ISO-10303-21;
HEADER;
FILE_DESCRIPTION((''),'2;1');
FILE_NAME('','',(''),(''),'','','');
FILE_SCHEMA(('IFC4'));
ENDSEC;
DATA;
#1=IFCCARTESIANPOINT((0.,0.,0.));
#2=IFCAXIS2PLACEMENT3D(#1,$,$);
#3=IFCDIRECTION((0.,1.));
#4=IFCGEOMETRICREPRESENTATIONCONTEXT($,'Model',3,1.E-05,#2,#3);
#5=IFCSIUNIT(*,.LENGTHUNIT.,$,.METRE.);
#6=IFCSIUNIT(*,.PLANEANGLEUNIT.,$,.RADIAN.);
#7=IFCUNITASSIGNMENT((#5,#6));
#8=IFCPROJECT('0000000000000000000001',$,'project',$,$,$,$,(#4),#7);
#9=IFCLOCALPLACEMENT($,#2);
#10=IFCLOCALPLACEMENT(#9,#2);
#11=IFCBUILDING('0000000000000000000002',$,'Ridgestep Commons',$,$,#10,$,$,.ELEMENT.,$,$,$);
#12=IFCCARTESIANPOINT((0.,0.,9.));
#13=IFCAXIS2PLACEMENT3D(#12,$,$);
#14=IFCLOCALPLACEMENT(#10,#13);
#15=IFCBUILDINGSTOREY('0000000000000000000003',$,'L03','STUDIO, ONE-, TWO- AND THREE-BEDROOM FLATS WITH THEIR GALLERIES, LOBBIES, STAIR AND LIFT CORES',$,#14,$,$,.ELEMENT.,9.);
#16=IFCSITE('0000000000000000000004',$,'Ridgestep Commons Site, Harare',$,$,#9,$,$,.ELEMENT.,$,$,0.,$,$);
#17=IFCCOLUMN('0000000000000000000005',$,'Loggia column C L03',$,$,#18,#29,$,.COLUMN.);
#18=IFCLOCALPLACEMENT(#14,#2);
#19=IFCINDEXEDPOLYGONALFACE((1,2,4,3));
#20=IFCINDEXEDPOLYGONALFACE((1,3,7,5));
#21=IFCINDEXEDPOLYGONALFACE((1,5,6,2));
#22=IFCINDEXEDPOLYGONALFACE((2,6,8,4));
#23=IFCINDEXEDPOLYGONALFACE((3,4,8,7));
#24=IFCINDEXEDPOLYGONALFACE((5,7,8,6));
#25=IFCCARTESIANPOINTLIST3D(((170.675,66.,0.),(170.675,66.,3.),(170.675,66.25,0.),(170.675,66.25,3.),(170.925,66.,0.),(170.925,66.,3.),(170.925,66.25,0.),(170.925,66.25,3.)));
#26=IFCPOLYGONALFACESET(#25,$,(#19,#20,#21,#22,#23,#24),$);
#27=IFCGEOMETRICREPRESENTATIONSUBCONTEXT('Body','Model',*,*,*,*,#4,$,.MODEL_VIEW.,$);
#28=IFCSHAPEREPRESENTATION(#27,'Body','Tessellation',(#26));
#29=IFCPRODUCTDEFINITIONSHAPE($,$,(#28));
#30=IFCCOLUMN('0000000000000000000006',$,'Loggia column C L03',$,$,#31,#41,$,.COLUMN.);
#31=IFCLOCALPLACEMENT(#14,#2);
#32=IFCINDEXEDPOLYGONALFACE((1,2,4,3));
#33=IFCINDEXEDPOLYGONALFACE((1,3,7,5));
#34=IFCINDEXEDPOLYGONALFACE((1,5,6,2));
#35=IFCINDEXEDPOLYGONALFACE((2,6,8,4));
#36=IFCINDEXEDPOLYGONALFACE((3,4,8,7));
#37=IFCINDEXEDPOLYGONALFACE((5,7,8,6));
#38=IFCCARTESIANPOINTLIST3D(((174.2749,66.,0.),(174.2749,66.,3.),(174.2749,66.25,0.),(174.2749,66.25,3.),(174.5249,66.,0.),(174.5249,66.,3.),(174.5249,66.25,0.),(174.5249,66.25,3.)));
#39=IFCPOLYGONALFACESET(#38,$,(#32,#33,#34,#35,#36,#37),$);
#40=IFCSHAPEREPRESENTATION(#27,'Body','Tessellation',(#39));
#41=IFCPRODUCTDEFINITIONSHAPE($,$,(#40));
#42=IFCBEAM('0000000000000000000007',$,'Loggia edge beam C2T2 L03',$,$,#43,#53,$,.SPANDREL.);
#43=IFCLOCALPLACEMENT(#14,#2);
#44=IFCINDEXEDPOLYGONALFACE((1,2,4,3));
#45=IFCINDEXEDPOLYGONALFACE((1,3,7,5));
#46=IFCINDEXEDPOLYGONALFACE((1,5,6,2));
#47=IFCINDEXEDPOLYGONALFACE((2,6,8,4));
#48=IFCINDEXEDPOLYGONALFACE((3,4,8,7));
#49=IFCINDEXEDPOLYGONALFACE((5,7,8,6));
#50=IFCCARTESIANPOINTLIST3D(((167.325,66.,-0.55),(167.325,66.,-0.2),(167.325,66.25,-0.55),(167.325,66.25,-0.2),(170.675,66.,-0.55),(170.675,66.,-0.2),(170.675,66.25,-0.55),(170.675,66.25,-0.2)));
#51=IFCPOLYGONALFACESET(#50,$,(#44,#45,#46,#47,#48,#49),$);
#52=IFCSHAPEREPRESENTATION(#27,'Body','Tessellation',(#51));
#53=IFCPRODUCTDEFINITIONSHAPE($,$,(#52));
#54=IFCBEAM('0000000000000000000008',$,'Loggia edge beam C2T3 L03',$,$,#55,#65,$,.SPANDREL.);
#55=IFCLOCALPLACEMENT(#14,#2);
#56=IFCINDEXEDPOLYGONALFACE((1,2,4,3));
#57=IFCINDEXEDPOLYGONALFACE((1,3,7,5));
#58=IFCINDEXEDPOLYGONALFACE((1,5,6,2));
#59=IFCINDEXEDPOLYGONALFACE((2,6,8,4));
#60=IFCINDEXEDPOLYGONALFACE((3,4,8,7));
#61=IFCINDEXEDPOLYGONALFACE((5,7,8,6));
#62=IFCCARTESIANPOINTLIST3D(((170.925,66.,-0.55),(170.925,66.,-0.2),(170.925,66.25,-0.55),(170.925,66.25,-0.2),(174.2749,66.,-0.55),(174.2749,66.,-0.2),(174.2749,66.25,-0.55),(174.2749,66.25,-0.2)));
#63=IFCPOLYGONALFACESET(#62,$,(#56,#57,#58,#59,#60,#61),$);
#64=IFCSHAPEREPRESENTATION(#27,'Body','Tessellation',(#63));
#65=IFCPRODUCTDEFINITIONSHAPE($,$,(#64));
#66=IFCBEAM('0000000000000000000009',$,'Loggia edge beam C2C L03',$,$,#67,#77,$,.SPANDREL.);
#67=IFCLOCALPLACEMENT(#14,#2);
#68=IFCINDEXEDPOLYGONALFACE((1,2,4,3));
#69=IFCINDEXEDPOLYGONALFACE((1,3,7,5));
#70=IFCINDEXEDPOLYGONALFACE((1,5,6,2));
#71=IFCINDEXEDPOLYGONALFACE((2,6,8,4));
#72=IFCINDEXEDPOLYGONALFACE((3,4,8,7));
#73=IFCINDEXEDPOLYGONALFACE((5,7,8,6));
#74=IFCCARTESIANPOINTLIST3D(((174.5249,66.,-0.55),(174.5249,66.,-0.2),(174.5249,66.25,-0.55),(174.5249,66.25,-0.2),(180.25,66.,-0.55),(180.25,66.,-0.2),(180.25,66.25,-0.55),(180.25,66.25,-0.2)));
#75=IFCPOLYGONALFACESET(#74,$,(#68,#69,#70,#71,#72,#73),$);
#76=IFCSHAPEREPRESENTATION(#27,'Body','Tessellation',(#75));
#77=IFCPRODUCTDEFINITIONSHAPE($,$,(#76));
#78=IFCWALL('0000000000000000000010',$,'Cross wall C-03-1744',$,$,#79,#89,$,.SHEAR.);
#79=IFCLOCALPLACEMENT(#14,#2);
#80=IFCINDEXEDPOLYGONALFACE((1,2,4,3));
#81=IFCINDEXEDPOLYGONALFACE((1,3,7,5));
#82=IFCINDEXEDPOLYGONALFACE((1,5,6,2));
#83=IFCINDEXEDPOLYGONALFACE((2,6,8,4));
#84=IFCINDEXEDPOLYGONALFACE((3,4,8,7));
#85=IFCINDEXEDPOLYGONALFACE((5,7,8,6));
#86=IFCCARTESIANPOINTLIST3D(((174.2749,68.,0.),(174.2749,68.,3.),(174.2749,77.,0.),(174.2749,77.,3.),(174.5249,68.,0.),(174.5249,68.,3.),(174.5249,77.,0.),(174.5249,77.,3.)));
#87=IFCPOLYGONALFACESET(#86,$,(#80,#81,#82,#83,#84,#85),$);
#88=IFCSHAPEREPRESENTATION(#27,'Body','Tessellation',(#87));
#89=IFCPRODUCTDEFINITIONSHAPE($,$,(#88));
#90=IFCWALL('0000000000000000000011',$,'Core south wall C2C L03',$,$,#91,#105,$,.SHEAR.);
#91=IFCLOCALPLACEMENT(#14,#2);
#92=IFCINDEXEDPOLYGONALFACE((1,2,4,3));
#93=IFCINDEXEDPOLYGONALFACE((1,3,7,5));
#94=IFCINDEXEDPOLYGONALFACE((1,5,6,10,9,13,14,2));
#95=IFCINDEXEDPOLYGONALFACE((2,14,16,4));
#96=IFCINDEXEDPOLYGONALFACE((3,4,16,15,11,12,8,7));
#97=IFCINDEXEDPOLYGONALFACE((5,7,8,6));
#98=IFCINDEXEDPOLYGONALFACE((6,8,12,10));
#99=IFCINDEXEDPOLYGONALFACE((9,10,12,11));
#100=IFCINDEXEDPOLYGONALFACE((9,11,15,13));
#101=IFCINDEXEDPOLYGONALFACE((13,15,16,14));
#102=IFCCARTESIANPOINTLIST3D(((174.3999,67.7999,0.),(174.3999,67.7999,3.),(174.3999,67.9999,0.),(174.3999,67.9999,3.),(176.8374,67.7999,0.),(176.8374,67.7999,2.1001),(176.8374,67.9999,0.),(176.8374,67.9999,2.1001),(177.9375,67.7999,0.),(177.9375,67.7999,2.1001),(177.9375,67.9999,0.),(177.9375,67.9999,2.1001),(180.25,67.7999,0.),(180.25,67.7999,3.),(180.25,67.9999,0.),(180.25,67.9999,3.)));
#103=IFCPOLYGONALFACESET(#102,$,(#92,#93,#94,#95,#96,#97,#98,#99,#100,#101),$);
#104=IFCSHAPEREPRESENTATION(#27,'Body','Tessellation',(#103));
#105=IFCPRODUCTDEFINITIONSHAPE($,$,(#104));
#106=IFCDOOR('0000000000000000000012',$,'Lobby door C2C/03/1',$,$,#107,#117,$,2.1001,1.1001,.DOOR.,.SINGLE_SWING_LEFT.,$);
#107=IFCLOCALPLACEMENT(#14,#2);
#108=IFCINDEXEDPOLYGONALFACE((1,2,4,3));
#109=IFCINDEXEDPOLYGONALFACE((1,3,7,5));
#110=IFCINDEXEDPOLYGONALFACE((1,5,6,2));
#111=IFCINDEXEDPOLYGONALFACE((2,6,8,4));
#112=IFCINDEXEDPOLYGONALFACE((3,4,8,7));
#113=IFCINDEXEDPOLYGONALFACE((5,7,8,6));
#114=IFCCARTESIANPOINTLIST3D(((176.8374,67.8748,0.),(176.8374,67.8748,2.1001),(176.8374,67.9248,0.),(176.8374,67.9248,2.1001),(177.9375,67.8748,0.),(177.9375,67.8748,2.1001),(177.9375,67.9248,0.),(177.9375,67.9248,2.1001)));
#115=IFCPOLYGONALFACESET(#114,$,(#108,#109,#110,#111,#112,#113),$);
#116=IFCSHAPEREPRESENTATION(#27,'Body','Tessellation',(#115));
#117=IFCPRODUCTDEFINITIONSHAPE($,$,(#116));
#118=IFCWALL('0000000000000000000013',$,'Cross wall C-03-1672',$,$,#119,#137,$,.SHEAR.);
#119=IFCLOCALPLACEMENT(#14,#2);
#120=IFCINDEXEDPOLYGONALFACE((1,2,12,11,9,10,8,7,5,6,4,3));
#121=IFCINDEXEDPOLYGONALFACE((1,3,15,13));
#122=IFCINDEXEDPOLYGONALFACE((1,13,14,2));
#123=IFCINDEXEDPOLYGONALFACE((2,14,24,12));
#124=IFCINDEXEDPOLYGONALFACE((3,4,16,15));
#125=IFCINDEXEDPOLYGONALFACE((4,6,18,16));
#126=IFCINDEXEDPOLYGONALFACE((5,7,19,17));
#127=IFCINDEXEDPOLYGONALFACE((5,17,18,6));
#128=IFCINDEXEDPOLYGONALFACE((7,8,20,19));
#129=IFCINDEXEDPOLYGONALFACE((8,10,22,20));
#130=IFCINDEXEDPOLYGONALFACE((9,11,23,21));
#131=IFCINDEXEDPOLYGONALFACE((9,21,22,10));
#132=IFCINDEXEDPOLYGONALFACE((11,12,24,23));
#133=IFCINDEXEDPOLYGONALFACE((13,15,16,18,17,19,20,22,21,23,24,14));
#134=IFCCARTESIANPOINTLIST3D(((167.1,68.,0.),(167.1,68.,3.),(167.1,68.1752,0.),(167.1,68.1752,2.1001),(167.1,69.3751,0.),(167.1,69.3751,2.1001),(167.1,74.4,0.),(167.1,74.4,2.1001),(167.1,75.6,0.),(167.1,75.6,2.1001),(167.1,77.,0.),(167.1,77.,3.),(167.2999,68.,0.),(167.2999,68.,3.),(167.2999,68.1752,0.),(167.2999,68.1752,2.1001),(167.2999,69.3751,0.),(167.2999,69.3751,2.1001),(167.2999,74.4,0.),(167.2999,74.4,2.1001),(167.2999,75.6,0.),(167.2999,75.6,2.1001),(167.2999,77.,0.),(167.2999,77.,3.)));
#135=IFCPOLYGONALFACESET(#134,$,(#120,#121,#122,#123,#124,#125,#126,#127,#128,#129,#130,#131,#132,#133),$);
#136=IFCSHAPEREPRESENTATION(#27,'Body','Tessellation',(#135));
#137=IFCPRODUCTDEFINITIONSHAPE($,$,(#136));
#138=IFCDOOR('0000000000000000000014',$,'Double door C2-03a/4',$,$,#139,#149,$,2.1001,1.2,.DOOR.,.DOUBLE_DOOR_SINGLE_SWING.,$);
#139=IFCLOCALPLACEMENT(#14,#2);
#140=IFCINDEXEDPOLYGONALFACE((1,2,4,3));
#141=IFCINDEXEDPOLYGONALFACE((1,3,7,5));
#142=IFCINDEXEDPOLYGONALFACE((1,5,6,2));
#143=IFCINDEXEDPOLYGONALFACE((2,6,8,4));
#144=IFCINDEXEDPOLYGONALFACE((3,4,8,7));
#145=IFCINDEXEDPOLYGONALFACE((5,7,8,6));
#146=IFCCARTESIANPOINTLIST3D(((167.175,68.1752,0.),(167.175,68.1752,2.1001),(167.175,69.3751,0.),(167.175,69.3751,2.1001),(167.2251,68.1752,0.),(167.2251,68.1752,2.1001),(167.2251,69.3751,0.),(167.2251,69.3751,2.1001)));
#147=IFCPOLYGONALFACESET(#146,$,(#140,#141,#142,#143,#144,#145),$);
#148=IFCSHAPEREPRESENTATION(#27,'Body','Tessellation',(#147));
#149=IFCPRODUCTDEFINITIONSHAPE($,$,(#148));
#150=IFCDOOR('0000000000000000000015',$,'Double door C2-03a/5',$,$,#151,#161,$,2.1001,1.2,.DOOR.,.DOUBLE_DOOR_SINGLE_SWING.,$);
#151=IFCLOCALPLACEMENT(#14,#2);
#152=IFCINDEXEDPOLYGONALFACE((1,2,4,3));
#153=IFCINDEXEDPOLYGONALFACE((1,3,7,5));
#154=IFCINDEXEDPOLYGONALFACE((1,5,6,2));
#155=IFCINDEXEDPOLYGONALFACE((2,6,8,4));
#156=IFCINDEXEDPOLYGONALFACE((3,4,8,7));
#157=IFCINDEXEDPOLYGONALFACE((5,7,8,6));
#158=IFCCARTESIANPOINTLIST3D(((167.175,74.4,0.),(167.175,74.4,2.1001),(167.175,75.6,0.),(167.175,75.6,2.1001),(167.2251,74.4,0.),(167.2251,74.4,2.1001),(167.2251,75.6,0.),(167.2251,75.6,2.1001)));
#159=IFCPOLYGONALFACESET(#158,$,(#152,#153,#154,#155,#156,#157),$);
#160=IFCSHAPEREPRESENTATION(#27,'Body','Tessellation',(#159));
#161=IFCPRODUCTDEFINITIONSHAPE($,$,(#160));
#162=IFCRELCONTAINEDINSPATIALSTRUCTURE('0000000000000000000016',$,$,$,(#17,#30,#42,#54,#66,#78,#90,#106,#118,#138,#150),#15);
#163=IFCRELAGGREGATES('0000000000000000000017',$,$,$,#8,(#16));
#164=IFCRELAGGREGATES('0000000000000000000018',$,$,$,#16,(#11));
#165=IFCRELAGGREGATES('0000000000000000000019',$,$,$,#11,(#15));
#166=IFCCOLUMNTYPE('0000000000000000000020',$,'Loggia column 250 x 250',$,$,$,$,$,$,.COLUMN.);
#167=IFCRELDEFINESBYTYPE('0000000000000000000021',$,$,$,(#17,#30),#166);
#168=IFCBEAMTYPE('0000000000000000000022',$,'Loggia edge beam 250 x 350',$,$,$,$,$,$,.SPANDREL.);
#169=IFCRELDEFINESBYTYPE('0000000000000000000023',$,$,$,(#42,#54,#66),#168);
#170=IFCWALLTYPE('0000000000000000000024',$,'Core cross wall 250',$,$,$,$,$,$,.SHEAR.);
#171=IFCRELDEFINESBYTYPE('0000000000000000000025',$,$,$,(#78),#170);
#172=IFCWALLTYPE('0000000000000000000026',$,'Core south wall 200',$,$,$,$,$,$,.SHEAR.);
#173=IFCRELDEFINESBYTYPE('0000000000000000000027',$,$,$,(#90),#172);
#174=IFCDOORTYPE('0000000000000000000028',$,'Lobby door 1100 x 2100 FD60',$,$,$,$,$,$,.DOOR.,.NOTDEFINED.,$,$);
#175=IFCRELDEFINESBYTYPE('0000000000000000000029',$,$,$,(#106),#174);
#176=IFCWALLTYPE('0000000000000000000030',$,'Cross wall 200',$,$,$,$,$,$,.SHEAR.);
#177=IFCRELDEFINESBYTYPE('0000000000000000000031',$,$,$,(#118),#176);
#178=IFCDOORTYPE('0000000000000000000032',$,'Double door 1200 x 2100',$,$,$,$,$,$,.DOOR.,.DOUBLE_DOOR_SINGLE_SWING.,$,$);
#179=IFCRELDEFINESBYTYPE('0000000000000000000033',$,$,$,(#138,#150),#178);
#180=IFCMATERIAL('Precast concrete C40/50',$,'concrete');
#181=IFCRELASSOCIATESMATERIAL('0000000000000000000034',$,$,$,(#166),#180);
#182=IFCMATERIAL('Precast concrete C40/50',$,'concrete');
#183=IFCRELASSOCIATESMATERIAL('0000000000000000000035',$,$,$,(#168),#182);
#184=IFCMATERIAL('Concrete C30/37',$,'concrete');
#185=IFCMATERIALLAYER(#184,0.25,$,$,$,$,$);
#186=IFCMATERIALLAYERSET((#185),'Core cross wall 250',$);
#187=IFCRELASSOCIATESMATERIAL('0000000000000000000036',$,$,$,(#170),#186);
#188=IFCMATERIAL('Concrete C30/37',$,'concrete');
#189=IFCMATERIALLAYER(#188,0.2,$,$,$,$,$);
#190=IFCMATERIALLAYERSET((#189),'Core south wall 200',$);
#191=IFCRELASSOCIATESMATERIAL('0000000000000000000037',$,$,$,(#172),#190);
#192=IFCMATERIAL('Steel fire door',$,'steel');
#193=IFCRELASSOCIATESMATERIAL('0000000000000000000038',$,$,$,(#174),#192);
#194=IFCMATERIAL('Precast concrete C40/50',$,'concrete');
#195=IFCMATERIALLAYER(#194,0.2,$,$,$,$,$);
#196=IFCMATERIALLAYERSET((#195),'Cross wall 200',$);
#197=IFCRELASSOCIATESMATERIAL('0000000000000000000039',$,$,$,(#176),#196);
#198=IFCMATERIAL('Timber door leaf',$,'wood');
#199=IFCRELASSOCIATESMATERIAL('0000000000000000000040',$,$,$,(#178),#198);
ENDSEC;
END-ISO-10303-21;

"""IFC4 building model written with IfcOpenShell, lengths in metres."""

from ifc_helpers import new_model, si_unit, direction, frame, frame_2d, origin, origin_2d, place, context, subcontext, project, spatial, rectangle, extrude, material, layer, layer_set, material_profile, profile_set, type_object, element, fill, save


model = new_model("IFC4")

# Units and contexts
model_context = context("Model", 3, precision=1e-05, world=origin(), true_north=direction((0.0, 1.0)))
body_context = subcontext(model_context, "Body", "Model", "MODEL_VIEW")
ifc_project = project(units=[si_unit("LENGTHUNIT", "METRE"), si_unit("PLANEANGLEUNIT", "RADIAN")], contexts=[model_context])

# Site, building, storey
site_placement = place(None, origin())
site = spatial("IfcSite", under=ifc_project, at=site_placement, Name="Ridgestep Commons Site, Harare", CompositionType="ELEMENT", RefElevation=0.0)
building_placement = place(site_placement, origin())
building = spatial("IfcBuilding", under=site, at=building_placement, Name="Ridgestep Commons", CompositionType="ELEMENT")
storey_placement = place(building_placement, frame((0.0, 0.0, 9.0)))
storey = spatial("IfcBuildingStorey", under=building, at=storey_placement, Name="L03", Description="STUDIO, ONE-, TWO- AND THREE-BEDROOM FLATS WITH THEIR GALLERIES, LOBBIES, STAIR AND LIFT CORES", CompositionType="ELEMENT", Elevation=9.0)

# Columns
ifc_material_1 = material(Name="Precast concrete C40/50", Category="concrete")
ifc_material_profile_1 = material_profile(ifc_material_1, rectangle(XDim=0.25, YDim=0.25, at=origin_2d()), Name="PC 250x250")
ifc_profile_set_1 = profile_set([ifc_material_profile_1], Name="Precast concrete C40/50")
column_type = type_object("IfcColumnType", Name="Loggia column 250 x 250", PredefinedType="COLUMN", material=ifc_profile_set_1)
for number, where, z_axis, x_axis, name in (
    (1, (170.8, 66.125, 0.0), (0.0, 0.0, 1.0), (1.0, 0.0, 0.0), "Loggia column C L03"),
    (2, (174.3999, 66.125, 0.0), (0.0, 0.0, 1.0), (1.0, 0.0, 0.0), "Loggia column C L03"),
):
    element("IfcColumn", number, at=place(storey_placement, frame(where, z_axis=z_axis, x_axis=x_axis)), inside=storey, type_object=column_type, Name=name, PredefinedType="COLUMN", context=body_context, shape_type="SweptSolid", body=[
        extrude(rectangle(XDim=0.25, YDim=0.25, at=origin_2d()), origin(), (0.0, 0.0, 1.0), 3.0),
    ])

# Beams
ifc_material_2 = material(Name="Precast concrete C40/50", Category="concrete")
ifc_material_profile_2 = material_profile(ifc_material_2, rectangle(XDim=0.25, YDim=0.3501, at=origin_2d()), Name="PC 250x350")
ifc_profile_set_2 = profile_set([ifc_material_profile_2], Name="Precast concrete C40/50")
beam_type = type_object("IfcBeamType", Name="Loggia edge beam 250 x 350", PredefinedType="SPANDREL", material=ifc_profile_set_2)
beam_1_placement = place(storey_placement, frame((167.325, 66.125, -0.375), z_axis=(1.0, 0.0, 0.0), x_axis=(0.0, 1.0, 0.0)))
element("IfcBeam", 3, at=beam_1_placement, inside=storey, type_object=beam_type, Name="Loggia edge beam C2T2 L03", PredefinedType="SPANDREL", context=body_context, shape_type="SweptSolid", body=[
    extrude(rectangle(XDim=0.25, YDim=0.3501, at=origin_2d()), origin(), (0.0, 0.0, 1.0), 3.3501),
])
beam_2_placement = place(storey_placement, frame((170.925, 66.125, -0.375), z_axis=(1.0, 0.0, 0.0), x_axis=(0.0, 1.0, 0.0)))
element("IfcBeam", 4, at=beam_2_placement, inside=storey, type_object=beam_type, Name="Loggia edge beam C2T3 L03", PredefinedType="SPANDREL", context=body_context, shape_type="SweptSolid", body=[
    extrude(rectangle(XDim=0.25, YDim=0.3501, at=origin_2d()), origin(), (0.0, 0.0, 1.0), 3.3499),
])
beam_3_placement = place(storey_placement, frame((174.5249, 66.125, -0.375), z_axis=(1.0, 0.0, 0.0), x_axis=(0.0, 1.0, 0.0)))
element("IfcBeam", 5, at=beam_3_placement, inside=storey, type_object=beam_type, Name="Loggia edge beam C2C L03", PredefinedType="SPANDREL", context=body_context, shape_type="SweptSolid", body=[
    extrude(rectangle(XDim=0.25, YDim=0.3501, at=origin_2d()), origin(), (0.0, 0.0, 1.0), 5.7251),
])

# Wall
ifc_material_3 = material(Name="Concrete C30/37", Category="concrete")
ifc_layer_1 = layer(ifc_material_3, 0.25)
ifc_layer_set_1 = layer_set([ifc_layer_1], Name="Core cross wall 250")
wall_type_1 = type_object("IfcWallType", Name="Core cross wall 250", PredefinedType="SHEAR", material=ifc_layer_set_1)
wall_1_placement = place(storey_placement, frame((174.3999, 68.0, 0.0), z_axis=(0.0, 0.0, 1.0), x_axis=(0.0, 1.0, 0.0)))
element("IfcWall", 6, at=wall_1_placement, inside=storey, type_object=wall_type_1, Name="Cross wall C-03-1744", PredefinedType="SHEAR", context=body_context, shape_type="SweptSolid", body=[
    extrude(rectangle(XDim=9.0, YDim=0.25, at=frame_2d((4.5, 0.0))), origin(), (0.0, 0.0, 1.0), 3.0),
])

# Wall, opening, door
ifc_material_4 = material(Name="Concrete C30/37", Category="concrete")
ifc_layer_2 = layer(ifc_material_4, 0.2)
ifc_layer_set_2 = layer_set([ifc_layer_2], Name="Core south wall 200")
wall_type_2 = type_object("IfcWallType", Name="Core south wall 200", PredefinedType="SHEAR", material=ifc_layer_set_2)
wall_2_placement = place(storey_placement, frame((174.3999, 67.8999, 0.0), z_axis=(0.0, 0.0, 1.0), x_axis=(1.0, 0.0, 0.0)))
wall_2 = element("IfcWall", 7, at=wall_2_placement, inside=storey, type_object=wall_type_2, Name="Core south wall C2C L03", PredefinedType="SHEAR", context=body_context, shape_type="SweptSolid", body=[
    extrude(rectangle(XDim=5.8501, YDim=0.2, at=frame_2d((2.925, 0.0))), origin(), (0.0, 0.0, 1.0), 3.0),
])
opening_1_placement = place(wall_2_placement, frame((2.4375, 0.0, 0.0)))
opening_1 = element("IfcOpeningElement", 8, at=opening_1_placement, cuts=wall_2, PredefinedType="OPENING", context=body_context, shape_type="SweptSolid", body=[
    extrude(rectangle(XDim=1.1001, YDim=2.1001, at=frame_2d((0.55, 1.05))), frame((0.0, 0.1099, 0.0), z_axis=(0.0, -1.0, 0.0), x_axis=(1.0, 0.0, 0.0)), (0.0, 0.0, 1.0), 0.22),
])
ifc_material_5 = material(Name="Steel fire door", Category="steel")
door_type_1 = type_object("IfcDoorType", Name="Lobby door 1100 x 2100 FD60", OperationType="NOTDEFINED", PredefinedType="DOOR", material=ifc_material_5)
door_1_placement = place(opening_1_placement, origin())
door_1 = element("IfcDoor", 9, at=door_1_placement, inside=storey, type_object=door_type_1, Name="Lobby door C2C/03/1", OperationType="SINGLE_SWING_LEFT", OverallHeight=2.1001, OverallWidth=1.1001, PredefinedType="DOOR", context=body_context, shape_type="SweptSolid", body=[
    extrude(rectangle(XDim=1.1001, YDim=2.1001, at=frame_2d((0.55, 1.05))), frame((0.0, 0.0249, 0.0), z_axis=(0.0, -1.0, 0.0), x_axis=(1.0, 0.0, 0.0)), (0.0, 0.0, 1.0), 0.05),
])
fill(opening_1, door_1)

# Wall, openings, doors
ifc_material_6 = material(Name="Precast concrete C40/50", Category="concrete")
ifc_layer_3 = layer(ifc_material_6, 0.2)
ifc_layer_set_3 = layer_set([ifc_layer_3], Name="Cross wall 200")
wall_type_3 = type_object("IfcWallType", Name="Cross wall 200", PredefinedType="SHEAR", material=ifc_layer_set_3)
wall_3_placement = place(storey_placement, frame((167.2, 68.0, 0.0), z_axis=(0.0, 0.0, 1.0), x_axis=(0.0, 1.0, 0.0)))
wall_3 = element("IfcWall", 10, at=wall_3_placement, inside=storey, type_object=wall_type_3, Name="Cross wall C-03-1672", PredefinedType="SHEAR", context=body_context, shape_type="SweptSolid", body=[
    extrude(rectangle(XDim=9.0, YDim=0.2, at=frame_2d((4.5, 0.0))), origin(), (0.0, 0.0, 1.0), 3.0),
])
opening_2_placement = place(wall_3_placement, frame((0.175, 0.0, 0.0)))
opening_2 = element("IfcOpeningElement", 11, at=opening_2_placement, cuts=wall_3, PredefinedType="OPENING", context=body_context, shape_type="SweptSolid", body=[
    extrude(rectangle(XDim=1.2, YDim=2.1001, at=frame_2d((0.6001, 1.05))), frame((0.0, 0.1099, 0.0), z_axis=(0.0, -1.0, 0.0), x_axis=(1.0, 0.0, 0.0)), (0.0, 0.0, 1.0), 0.22),
])
opening_3_placement = place(wall_3_placement, frame((6.3999, 0.0, 0.0)))
opening_3 = element("IfcOpeningElement", 12, at=opening_3_placement, cuts=wall_3, PredefinedType="OPENING", context=body_context, shape_type="SweptSolid", body=[
    extrude(rectangle(XDim=1.2, YDim=2.1001, at=frame_2d((0.6001, 1.05))), frame((0.0, 0.1099, 0.0), z_axis=(0.0, -1.0, 0.0), x_axis=(1.0, 0.0, 0.0)), (0.0, 0.0, 1.0), 0.22),
])
ifc_material_7 = material(Name="Timber door leaf", Category="wood")
door_type_2 = type_object("IfcDoorType", Name="Double door 1200 x 2100", OperationType="DOUBLE_DOOR_SINGLE_SWING", PredefinedType="DOOR", material=ifc_material_7)
door_2_placement = place(opening_2_placement, origin())
door_2 = element("IfcDoor", 13, at=door_2_placement, inside=storey, type_object=door_type_2, Name="Double door C2-03a/4", OperationType="DOUBLE_DOOR_SINGLE_SWING", OverallHeight=2.1001, OverallWidth=1.2, PredefinedType="DOOR", context=body_context, shape_type="SweptSolid", body=[
    extrude(rectangle(XDim=1.2, YDim=2.1001, at=frame_2d((0.6001, 1.05))), frame((0.0, 0.0249, 0.0), z_axis=(0.0, -1.0, 0.0), x_axis=(1.0, 0.0, 0.0)), (0.0, 0.0, 1.0), 0.05),
])
fill(opening_2, door_2)
door_3_placement = place(opening_3_placement, origin())
door_3 = element("IfcDoor", 14, at=door_3_placement, inside=storey, type_object=door_type_2, Name="Double door C2-03a/5", OperationType="DOUBLE_DOOR_SINGLE_SWING", OverallHeight=2.1001, OverallWidth=1.2, PredefinedType="DOOR", context=body_context, shape_type="SweptSolid", body=[
    extrude(rectangle(XDim=1.2, YDim=2.1001, at=frame_2d((0.6001, 1.05))), frame((0.0, 0.0249, 0.0), z_axis=(0.0, -1.0, 0.0), x_axis=(1.0, 0.0, 0.0)), (0.0, 0.0, 1.0), 0.05),
])
fill(opening_3, door_3)

save(model, "model.ifc")
